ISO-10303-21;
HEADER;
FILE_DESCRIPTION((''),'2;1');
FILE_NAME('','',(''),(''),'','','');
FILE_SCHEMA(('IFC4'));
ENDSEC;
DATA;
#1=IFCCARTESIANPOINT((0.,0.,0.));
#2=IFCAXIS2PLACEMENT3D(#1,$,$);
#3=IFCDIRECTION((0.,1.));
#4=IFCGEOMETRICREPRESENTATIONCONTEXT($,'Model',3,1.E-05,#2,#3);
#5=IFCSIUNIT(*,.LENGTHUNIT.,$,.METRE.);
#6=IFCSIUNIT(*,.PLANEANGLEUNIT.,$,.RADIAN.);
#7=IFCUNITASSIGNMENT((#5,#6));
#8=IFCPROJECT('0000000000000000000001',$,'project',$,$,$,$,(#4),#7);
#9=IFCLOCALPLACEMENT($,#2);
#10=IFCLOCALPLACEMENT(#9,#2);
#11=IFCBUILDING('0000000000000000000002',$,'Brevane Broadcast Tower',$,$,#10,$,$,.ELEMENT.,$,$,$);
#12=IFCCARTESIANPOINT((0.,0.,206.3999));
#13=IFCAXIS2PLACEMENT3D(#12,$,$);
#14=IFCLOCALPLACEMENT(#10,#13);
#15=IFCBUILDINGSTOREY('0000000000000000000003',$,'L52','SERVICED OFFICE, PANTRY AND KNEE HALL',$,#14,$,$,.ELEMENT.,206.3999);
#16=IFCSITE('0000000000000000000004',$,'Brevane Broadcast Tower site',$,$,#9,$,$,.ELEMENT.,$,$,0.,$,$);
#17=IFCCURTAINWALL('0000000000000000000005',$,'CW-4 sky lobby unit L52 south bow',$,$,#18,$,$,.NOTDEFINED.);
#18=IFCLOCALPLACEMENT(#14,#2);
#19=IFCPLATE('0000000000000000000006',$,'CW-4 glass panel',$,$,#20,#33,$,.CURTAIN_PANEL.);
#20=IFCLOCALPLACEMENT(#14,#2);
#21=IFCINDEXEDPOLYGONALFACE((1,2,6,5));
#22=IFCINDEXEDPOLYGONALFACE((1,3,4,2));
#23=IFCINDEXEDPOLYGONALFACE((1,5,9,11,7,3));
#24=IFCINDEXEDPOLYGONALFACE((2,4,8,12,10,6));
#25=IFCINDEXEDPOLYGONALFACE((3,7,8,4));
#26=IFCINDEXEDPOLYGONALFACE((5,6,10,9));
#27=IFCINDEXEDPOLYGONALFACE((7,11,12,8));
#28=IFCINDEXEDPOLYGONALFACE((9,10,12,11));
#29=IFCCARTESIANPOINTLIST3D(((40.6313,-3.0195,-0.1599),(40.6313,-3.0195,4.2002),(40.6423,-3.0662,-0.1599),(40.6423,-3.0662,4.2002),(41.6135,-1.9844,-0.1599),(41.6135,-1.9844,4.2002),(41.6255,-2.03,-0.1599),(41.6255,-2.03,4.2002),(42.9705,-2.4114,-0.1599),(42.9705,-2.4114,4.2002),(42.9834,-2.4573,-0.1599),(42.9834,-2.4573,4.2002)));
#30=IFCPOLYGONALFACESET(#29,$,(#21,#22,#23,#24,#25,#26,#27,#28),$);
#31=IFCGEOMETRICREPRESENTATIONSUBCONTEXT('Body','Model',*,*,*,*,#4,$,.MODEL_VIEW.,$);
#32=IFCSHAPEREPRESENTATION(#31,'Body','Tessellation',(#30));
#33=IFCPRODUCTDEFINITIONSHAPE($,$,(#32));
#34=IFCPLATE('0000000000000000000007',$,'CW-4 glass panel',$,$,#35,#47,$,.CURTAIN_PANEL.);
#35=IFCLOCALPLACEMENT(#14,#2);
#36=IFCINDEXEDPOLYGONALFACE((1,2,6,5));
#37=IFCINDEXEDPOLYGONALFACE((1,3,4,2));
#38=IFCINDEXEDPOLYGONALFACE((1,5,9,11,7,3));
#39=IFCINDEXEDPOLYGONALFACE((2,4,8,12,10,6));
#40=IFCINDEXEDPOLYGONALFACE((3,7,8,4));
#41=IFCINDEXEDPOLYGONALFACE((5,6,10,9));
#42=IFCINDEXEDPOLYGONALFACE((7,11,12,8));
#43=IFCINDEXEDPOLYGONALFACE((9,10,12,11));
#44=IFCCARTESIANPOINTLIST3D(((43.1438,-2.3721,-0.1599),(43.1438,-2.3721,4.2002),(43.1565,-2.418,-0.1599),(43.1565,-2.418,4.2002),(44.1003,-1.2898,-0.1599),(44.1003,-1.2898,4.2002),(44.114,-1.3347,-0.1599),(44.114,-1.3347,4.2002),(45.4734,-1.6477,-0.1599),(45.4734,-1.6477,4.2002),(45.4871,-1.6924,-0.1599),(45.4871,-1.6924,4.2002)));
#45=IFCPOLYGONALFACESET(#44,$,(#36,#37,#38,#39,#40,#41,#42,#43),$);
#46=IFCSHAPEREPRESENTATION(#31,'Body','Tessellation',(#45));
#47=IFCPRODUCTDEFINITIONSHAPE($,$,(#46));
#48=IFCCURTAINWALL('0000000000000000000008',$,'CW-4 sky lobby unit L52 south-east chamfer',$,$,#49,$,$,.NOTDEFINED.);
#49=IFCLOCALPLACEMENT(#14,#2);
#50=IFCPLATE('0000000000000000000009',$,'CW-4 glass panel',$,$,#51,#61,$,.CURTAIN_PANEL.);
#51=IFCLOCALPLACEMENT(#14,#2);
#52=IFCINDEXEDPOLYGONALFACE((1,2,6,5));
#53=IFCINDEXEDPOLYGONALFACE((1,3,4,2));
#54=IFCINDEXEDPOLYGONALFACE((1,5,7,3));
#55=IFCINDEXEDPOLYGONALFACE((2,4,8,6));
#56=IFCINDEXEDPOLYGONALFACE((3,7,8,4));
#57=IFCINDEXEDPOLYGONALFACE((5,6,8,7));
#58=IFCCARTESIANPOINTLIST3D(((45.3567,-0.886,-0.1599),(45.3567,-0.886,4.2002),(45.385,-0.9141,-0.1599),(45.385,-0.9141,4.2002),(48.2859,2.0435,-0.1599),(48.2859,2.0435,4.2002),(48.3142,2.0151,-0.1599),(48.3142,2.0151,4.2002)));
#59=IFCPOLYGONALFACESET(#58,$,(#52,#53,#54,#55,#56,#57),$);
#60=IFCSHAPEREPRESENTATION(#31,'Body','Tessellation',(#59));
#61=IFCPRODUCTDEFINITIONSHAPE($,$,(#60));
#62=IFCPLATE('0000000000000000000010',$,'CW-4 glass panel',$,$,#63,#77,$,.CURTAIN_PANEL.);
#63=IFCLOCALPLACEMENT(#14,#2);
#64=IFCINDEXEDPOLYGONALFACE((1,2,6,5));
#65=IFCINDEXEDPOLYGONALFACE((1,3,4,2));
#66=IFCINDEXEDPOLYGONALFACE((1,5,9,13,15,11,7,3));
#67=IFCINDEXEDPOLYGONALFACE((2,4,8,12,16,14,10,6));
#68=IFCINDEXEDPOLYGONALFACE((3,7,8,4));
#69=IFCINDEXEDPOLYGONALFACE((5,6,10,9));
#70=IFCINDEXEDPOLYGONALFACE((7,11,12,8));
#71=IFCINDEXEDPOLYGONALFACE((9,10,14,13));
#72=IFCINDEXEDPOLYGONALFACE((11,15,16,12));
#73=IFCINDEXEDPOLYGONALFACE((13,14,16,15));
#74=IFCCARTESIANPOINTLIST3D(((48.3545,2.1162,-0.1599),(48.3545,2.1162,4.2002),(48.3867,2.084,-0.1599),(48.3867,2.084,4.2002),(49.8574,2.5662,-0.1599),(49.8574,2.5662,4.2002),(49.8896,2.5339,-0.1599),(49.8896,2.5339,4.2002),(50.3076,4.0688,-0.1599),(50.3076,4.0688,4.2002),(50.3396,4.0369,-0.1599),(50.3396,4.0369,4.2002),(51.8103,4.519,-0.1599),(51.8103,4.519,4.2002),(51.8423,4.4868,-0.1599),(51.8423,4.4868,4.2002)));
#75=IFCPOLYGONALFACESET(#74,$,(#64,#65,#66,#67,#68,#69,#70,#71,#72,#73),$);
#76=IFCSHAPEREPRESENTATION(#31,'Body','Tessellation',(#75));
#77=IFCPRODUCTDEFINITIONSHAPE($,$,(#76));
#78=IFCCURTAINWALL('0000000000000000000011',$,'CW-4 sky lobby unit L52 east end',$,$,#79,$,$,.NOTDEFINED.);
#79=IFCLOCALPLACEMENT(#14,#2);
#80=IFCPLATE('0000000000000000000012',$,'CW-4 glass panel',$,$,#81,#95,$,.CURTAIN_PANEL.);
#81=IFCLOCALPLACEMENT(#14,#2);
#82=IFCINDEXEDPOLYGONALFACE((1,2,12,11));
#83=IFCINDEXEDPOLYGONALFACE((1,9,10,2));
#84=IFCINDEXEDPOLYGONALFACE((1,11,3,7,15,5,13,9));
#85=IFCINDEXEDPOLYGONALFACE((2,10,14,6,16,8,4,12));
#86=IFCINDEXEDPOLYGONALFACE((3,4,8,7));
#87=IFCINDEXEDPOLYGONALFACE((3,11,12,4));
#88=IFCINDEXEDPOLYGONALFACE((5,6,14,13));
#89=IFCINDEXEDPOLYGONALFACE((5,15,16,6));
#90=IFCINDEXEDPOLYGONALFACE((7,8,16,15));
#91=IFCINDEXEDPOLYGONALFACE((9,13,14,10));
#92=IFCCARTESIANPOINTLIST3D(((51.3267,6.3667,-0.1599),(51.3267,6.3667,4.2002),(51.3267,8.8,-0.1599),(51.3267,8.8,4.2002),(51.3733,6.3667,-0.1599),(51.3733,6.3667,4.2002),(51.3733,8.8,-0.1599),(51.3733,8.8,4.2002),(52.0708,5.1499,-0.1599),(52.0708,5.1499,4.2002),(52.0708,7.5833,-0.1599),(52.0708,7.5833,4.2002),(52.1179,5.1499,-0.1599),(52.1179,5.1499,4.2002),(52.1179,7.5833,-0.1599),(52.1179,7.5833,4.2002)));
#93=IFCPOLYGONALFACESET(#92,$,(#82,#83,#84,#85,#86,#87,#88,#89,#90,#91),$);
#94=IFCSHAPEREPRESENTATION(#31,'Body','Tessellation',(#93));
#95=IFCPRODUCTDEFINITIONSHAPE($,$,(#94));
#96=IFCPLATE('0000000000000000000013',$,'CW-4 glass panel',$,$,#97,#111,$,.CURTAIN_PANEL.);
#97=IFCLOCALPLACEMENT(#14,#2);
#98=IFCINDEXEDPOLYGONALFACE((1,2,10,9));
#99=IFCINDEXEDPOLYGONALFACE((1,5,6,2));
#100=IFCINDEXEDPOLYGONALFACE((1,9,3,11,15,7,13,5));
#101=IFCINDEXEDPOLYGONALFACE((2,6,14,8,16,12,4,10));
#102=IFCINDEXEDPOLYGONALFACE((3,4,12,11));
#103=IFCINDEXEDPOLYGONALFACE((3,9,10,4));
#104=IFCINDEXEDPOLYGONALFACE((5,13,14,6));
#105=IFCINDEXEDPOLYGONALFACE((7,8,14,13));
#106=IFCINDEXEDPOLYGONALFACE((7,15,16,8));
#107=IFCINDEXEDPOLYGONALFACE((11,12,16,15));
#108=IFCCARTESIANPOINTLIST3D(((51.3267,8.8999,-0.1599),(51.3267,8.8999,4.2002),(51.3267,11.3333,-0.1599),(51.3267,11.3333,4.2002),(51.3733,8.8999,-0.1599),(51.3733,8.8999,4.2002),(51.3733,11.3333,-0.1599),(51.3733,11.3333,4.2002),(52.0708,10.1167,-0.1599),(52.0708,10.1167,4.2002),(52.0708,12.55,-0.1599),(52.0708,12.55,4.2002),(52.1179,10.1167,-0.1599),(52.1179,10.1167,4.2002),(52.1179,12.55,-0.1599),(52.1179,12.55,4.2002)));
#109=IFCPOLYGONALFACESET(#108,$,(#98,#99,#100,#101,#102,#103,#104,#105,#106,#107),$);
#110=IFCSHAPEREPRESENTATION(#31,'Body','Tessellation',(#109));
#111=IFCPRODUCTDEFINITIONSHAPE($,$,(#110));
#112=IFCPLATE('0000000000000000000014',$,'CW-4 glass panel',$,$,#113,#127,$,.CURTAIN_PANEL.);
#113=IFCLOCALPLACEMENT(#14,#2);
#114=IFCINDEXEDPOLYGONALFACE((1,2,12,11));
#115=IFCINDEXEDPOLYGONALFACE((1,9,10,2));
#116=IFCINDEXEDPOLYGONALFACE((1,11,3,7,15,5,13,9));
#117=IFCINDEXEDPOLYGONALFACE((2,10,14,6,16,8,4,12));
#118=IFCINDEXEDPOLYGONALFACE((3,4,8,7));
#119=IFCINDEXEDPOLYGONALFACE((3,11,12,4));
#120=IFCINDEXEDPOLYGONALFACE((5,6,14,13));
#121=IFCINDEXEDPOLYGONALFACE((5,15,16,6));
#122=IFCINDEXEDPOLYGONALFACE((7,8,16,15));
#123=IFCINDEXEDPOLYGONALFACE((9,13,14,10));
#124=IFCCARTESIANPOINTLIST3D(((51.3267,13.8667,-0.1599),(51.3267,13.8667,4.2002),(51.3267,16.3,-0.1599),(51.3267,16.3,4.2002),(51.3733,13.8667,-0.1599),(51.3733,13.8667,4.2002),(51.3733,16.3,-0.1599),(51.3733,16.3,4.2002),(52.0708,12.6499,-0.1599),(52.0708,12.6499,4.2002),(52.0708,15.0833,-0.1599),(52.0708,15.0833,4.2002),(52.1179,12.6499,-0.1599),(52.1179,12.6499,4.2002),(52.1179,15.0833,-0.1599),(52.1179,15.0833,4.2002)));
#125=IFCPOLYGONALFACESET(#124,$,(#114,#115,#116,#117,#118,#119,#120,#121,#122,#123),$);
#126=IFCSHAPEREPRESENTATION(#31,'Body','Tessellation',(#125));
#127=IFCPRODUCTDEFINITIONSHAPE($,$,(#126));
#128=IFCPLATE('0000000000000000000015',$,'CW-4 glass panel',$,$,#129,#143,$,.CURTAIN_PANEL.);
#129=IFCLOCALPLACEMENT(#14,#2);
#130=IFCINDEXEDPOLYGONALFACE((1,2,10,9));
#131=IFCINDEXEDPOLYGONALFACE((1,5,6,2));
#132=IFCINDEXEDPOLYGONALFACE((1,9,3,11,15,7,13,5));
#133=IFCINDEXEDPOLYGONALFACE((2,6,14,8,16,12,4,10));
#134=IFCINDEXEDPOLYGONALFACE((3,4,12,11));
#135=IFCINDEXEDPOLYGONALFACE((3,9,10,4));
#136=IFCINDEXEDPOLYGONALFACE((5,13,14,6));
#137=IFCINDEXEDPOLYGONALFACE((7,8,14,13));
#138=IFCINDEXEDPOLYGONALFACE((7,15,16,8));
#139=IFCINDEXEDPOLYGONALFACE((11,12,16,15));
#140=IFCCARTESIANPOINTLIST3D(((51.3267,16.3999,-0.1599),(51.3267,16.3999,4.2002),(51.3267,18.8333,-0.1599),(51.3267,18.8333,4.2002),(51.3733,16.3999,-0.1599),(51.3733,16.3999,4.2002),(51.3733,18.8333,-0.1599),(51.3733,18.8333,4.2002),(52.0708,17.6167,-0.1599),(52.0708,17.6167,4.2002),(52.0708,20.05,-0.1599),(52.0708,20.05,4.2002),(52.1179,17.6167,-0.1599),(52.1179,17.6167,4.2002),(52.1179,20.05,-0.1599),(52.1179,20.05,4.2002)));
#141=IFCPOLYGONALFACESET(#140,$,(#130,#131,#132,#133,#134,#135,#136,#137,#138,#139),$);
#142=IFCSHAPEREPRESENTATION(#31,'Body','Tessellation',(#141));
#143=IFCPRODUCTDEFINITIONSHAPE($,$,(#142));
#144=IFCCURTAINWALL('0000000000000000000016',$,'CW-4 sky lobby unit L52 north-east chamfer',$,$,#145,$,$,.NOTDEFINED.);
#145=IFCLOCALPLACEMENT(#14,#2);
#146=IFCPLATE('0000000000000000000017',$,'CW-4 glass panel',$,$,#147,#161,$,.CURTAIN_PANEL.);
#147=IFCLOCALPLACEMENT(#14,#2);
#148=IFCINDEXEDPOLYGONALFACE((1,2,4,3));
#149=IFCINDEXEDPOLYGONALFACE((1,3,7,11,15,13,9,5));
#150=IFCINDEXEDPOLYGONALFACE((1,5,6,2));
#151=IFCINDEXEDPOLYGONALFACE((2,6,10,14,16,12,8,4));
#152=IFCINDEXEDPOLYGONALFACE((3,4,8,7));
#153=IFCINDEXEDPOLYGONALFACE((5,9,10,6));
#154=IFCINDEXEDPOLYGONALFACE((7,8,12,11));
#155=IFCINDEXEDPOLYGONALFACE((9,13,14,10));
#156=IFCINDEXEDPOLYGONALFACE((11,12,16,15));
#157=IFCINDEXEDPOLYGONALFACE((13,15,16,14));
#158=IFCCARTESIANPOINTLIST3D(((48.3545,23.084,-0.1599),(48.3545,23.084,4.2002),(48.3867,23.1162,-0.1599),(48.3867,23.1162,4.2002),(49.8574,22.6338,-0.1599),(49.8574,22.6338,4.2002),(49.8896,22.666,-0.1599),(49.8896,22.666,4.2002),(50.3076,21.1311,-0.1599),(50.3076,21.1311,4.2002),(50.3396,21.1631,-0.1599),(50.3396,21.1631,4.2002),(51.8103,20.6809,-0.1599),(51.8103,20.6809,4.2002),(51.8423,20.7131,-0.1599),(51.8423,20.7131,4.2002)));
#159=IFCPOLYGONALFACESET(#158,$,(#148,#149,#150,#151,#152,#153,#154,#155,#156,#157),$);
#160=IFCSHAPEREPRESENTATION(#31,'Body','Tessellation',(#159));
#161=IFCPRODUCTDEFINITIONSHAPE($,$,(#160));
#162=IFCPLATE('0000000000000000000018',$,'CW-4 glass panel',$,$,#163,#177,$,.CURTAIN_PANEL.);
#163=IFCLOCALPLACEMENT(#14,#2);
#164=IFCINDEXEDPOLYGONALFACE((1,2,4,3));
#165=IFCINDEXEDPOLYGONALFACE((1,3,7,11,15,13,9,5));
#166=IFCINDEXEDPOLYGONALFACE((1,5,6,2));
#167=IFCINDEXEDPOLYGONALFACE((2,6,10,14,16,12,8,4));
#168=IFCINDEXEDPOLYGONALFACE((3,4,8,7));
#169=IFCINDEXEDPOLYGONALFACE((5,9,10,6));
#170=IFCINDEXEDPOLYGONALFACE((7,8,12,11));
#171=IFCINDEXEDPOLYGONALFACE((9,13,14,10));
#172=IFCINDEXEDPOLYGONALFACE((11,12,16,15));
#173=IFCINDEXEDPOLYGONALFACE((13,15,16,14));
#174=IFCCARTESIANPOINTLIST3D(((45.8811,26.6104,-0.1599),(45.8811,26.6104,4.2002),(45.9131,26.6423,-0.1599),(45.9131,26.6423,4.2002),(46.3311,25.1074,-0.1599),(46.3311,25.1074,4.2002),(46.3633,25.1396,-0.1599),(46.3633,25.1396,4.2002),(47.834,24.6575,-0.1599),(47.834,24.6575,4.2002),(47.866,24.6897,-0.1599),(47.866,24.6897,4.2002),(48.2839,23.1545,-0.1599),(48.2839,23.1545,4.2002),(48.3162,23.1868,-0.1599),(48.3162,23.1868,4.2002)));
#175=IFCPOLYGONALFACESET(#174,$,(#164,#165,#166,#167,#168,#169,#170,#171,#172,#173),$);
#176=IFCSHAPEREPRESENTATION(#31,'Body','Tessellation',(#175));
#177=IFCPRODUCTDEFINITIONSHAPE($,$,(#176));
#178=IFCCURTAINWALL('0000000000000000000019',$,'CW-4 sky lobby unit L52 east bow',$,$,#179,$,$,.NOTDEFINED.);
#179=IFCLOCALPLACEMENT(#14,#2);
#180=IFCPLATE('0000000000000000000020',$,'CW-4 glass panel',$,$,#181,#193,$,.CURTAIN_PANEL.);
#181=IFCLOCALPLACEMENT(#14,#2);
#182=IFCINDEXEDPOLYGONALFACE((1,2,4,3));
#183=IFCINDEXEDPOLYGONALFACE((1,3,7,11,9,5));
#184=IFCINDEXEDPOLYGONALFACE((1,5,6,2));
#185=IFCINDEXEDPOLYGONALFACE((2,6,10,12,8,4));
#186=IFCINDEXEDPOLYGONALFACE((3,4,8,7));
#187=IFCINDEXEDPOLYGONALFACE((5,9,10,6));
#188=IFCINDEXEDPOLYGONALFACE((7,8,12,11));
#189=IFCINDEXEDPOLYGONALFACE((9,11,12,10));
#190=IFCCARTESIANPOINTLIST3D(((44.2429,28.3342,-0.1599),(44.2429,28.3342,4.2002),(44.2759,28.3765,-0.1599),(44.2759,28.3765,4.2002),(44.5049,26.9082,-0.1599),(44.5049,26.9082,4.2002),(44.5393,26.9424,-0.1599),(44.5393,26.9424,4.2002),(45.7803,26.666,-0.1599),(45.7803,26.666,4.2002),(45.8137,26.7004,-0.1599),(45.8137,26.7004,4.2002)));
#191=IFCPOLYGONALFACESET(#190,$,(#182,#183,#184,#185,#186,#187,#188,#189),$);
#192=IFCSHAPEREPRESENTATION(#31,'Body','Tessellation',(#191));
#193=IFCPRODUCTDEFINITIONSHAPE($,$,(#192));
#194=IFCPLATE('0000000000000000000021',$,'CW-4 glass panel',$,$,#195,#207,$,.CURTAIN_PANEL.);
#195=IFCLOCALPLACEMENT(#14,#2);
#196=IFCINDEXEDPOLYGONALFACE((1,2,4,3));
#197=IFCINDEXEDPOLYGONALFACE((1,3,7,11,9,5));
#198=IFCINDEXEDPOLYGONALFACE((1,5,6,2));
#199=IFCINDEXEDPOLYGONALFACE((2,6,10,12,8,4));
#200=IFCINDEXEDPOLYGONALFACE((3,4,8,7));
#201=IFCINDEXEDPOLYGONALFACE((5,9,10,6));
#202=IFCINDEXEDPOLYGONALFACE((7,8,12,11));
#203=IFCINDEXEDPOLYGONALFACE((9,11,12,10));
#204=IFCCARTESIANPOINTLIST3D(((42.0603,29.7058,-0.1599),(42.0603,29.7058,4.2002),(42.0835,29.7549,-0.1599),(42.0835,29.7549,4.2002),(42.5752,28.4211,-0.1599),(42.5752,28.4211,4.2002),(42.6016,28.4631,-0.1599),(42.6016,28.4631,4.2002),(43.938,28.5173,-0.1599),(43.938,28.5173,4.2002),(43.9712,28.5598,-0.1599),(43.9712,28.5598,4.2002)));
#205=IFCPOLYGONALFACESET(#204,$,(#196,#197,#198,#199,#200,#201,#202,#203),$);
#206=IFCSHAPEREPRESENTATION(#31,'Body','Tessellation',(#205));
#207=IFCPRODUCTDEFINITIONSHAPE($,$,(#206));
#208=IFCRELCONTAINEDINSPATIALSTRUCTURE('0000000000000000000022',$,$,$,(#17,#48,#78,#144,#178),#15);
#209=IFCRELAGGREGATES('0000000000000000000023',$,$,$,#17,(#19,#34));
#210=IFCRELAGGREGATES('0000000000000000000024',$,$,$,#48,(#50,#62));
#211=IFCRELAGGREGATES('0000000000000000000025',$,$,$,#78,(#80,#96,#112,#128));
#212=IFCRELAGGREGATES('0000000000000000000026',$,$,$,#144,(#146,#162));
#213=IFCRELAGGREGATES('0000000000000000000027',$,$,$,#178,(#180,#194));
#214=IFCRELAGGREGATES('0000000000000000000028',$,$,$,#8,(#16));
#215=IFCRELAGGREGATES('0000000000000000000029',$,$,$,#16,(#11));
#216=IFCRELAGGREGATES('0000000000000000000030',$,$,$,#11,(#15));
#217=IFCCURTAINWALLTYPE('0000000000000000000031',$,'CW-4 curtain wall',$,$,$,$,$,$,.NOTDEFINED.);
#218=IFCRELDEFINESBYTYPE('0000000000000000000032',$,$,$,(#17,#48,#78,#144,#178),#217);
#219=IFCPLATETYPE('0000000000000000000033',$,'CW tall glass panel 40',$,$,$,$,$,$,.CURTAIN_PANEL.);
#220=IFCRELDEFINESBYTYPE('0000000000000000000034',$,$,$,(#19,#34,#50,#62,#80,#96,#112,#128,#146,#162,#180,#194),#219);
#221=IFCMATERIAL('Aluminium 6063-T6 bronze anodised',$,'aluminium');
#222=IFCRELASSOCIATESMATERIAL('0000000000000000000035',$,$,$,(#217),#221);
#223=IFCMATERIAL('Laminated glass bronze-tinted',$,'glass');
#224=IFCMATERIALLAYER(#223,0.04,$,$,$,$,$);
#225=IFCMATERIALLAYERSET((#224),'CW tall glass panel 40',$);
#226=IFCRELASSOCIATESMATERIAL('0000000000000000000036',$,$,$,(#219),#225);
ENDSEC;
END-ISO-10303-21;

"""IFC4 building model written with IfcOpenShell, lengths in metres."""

from ifc_helpers import new_model, si_unit, direction, frame, origin, place, context, subcontext, project, spatial, polyline, outline, extrude, material, layer, layer_set, type_object, element, aggregate, save


model = new_model("IFC4")

# Units and contexts
model_context = context("Model", 3, precision=1e-05, world=origin(), true_north=direction((0.0, 1.0)))
body_context = subcontext(model_context, "Body", "Model", "MODEL_VIEW")
ifc_project = project(units=[si_unit("LENGTHUNIT", "METRE"), si_unit("PLANEANGLEUNIT", "RADIAN")], contexts=[model_context])

# Site, building, storey
site_placement = place(None, origin())
site = spatial("IfcSite", under=ifc_project, at=site_placement, Name="Brevane Broadcast Tower site", CompositionType="ELEMENT", RefElevation=0.0)
building_placement = place(site_placement, origin())
building = spatial("IfcBuilding", under=site, at=building_placement, Name="Brevane Broadcast Tower", CompositionType="ELEMENT")
storey_placement = place(building_placement, frame((0.0, 0.0, 206.3999)))
storey = spatial("IfcBuildingStorey", under=building, at=storey_placement, Name="L52", Description="SERVICED OFFICE, PANTRY AND KNEE HALL", CompositionType="ELEMENT", Elevation=206.3999)

# Curtain walls, plates
ifc_material_1 = material(Name="Aluminium 6063-T6 bronze anodised", Category="aluminium")
curtain_wall_type = type_object("IfcCurtainWallType", Name="CW-4 curtain wall", PredefinedType="NOTDEFINED", material=ifc_material_1)
curtain_wall_1_placement = place(storey_placement, origin())
curtain_wall_1 = element("IfcCurtainWall", 1, at=curtain_wall_1_placement, inside=storey, type_object=curtain_wall_type, Name="CW-4 sky lobby unit L52 south bow", PredefinedType="NOTDEFINED")
ifc_material_2 = material(Name="Laminated glass bronze-tinted", Category="glass")
ifc_layer = layer(ifc_material_2, 0.04)
ifc_layer_set = layer_set([ifc_layer], Name="CW tall glass panel 40")
plate_type = type_object("IfcPlateType", Name="CW tall glass panel 40", PredefinedType="CURTAIN_PANEL", material=ifc_layer_set)
plate_1_placement = place(storey_placement, frame((0.0, 0.0, -0.1599)))
plate_1 = element("IfcPlate", 2, at=plate_1_placement, type_object=plate_type, Name="CW-4 glass panel", PredefinedType="CURTAIN_PANEL", context=body_context, shape_type="SweptSolid", body=[
    extrude(outline(polyline([(40.6313, -3.0195), (40.6423, -3.0662), (41.6255, -2.03), (42.9834, -2.4573), (42.9705, -2.4114), (41.6135, -1.9844), (40.6313, -3.0195)])), origin(), (0.0, 0.0, 1.0), 4.3601),
])
plate_2_placement = place(storey_placement, frame((0.0, 0.0, -0.1599)))
plate_2 = element("IfcPlate", 3, at=plate_2_placement, type_object=plate_type, Name="CW-4 glass panel", PredefinedType="CURTAIN_PANEL", context=body_context, shape_type="SweptSolid", body=[
    extrude(outline(polyline([(43.1438, -2.3721), (43.1565, -2.418), (44.114, -1.3347), (45.4871, -1.6924), (45.4734, -1.6477), (44.1003, -1.2898), (43.1438, -2.3721)])), origin(), (0.0, 0.0, 1.0), 4.3601),
])
aggregate(curtain_wall_1, [plate_1, plate_2])
curtain_wall_2_placement = place(storey_placement, origin())
curtain_wall_2 = element("IfcCurtainWall", 4, at=curtain_wall_2_placement, inside=storey, type_object=curtain_wall_type, Name="CW-4 sky lobby unit L52 south-east chamfer", PredefinedType="NOTDEFINED")
plate_3_placement = place(storey_placement, frame((0.0, 0.0, -0.1599)))
plate_3 = element("IfcPlate", 5, at=plate_3_placement, type_object=plate_type, Name="CW-4 glass panel", PredefinedType="CURTAIN_PANEL", context=body_context, shape_type="SweptSolid", body=[
    extrude(outline(polyline([(45.3567, -0.886), (48.2859, 2.0435), (48.3142, 2.0151), (45.385, -0.9141), (45.3567, -0.886)])), origin(), (0.0, 0.0, 1.0), 4.3601),
])
plate_4_placement = place(storey_placement, frame((0.0, 0.0, -0.1599)))
plate_4 = element("IfcPlate", 6, at=plate_4_placement, type_object=plate_type, Name="CW-4 glass panel", PredefinedType="CURTAIN_PANEL", context=body_context, shape_type="SweptSolid", body=[
    extrude(outline(polyline([(48.3545, 2.1162), (48.3867, 2.084), (49.8896, 2.5339), (50.3396, 4.0369), (51.8423, 4.4868), (51.8103, 4.519), (50.3076, 4.0688), (49.8574, 2.5662), (48.3545, 2.1162)])), origin(), (0.0, 0.0, 1.0), 4.3601),
])
aggregate(curtain_wall_2, [plate_3, plate_4])
curtain_wall_3_placement = place(storey_placement, origin())
curtain_wall_3 = element("IfcCurtainWall", 7, at=curtain_wall_3_placement, inside=storey, type_object=curtain_wall_type, Name="CW-4 sky lobby unit L52 east end", PredefinedType="NOTDEFINED")
plate_5_placement = place(storey_placement, frame((0.0, 0.0, -0.1599)))
plate_5 = element("IfcPlate", 8, at=plate_5_placement, type_object=plate_type, Name="CW-4 glass panel", PredefinedType="CURTAIN_PANEL", context=body_context, shape_type="SweptSolid", body=[
    extrude(outline(polyline([(52.0708, 5.1499), (52.1179, 5.1499), (51.3733, 6.3667), (52.1179, 7.5833), (51.3733, 8.8), (51.3267, 8.8), (52.0708, 7.5833), (51.3267, 6.3667), (52.0708, 5.1499)])), origin(), (0.0, 0.0, 1.0), 4.3601),
])
plate_6_placement = place(storey_placement, frame((0.0, 0.0, -0.1599)))
plate_6 = element("IfcPlate", 9, at=plate_6_placement, type_object=plate_type, Name="CW-4 glass panel", PredefinedType="CURTAIN_PANEL", context=body_context, shape_type="SweptSolid", body=[
    extrude(outline(polyline([(51.3267, 8.8999), (51.3733, 8.8999), (52.1179, 10.1167), (51.3733, 11.3333), (52.1179, 12.55), (52.0708, 12.55), (51.3267, 11.3333), (52.0708, 10.1167), (51.3267, 8.8999)])), origin(), (0.0, 0.0, 1.0), 4.3601),
])
plate_7_placement = place(storey_placement, frame((0.0, 0.0, -0.1599)))
plate_7 = element("IfcPlate", 10, at=plate_7_placement, type_object=plate_type, Name="CW-4 glass panel", PredefinedType="CURTAIN_PANEL", context=body_context, shape_type="SweptSolid", body=[
    extrude(outline(polyline([(52.0708, 12.6499), (52.1179, 12.6499), (51.3733, 13.8667), (52.1179, 15.0833), (51.3733, 16.3), (51.3267, 16.3), (52.0708, 15.0833), (51.3267, 13.8667), (52.0708, 12.6499)])), origin(), (0.0, 0.0, 1.0), 4.3601),
])
plate_8_placement = place(storey_placement, frame((0.0, 0.0, -0.1599)))
plate_8 = element("IfcPlate", 11, at=plate_8_placement, type_object=plate_type, Name="CW-4 glass panel", PredefinedType="CURTAIN_PANEL", context=body_context, shape_type="SweptSolid", body=[
    extrude(outline(polyline([(51.3267, 16.3999), (51.3733, 16.3999), (52.1179, 17.6167), (51.3733, 18.8333), (52.1179, 20.05), (52.0708, 20.05), (51.3267, 18.8333), (52.0708, 17.6167), (51.3267, 16.3999)])), origin(), (0.0, 0.0, 1.0), 4.3601),
])
aggregate(curtain_wall_3, [plate_5, plate_6, plate_7, plate_8])
curtain_wall_4_placement = place(storey_placement, origin())
curtain_wall_4 = element("IfcCurtainWall", 12, at=curtain_wall_4_placement, inside=storey, type_object=curtain_wall_type, Name="CW-4 sky lobby unit L52 north-east chamfer", PredefinedType="NOTDEFINED")
plate_9_placement = place(storey_placement, frame((0.0, 0.0, -0.1599)))
plate_9 = element("IfcPlate", 13, at=plate_9_placement, type_object=plate_type, Name="CW-4 glass panel", PredefinedType="CURTAIN_PANEL", context=body_context, shape_type="SweptSolid", body=[
    extrude(outline(polyline([(51.8103, 20.6809), (51.8423, 20.7131), (50.3396, 21.1631), (49.8896, 22.666), (48.3867, 23.1162), (48.3545, 23.084), (49.8574, 22.6338), (50.3076, 21.1311), (51.8103, 20.6809)])), origin(), (0.0, 0.0, 1.0), 4.3601),
])
plate_10_placement = place(storey_placement, frame((0.0, 0.0, -0.1599)))
plate_10 = element("IfcPlate", 14, at=plate_10_placement, type_object=plate_type, Name="CW-4 glass panel", PredefinedType="CURTAIN_PANEL", context=body_context, shape_type="SweptSolid", body=[
    extrude(outline(polyline([(48.2839, 23.1545), (48.3162, 23.1868), (47.866, 24.6897), (46.3633, 25.1396), (45.9131, 26.6423), (45.8811, 26.6104), (46.3311, 25.1074), (47.834, 24.6575), (48.2839, 23.1545)])), origin(), (0.0, 0.0, 1.0), 4.3601),
])
aggregate(curtain_wall_4, [plate_9, plate_10])
curtain_wall_5_placement = place(storey_placement, origin())
curtain_wall_5 = element("IfcCurtainWall", 15, at=curtain_wall_5_placement, inside=storey, type_object=curtain_wall_type, Name="CW-4 sky lobby unit L52 east bow", PredefinedType="NOTDEFINED")
plate_11_placement = place(storey_placement, frame((0.0, 0.0, -0.1599)))
plate_11 = element("IfcPlate", 16, at=plate_11_placement, type_object=plate_type, Name="CW-4 glass panel", PredefinedType="CURTAIN_PANEL", context=body_context, shape_type="SweptSolid", body=[
    extrude(outline(polyline([(45.7803, 26.666), (45.8137, 26.7004), (44.5393, 26.9424), (44.2759, 28.3765), (44.2429, 28.3342), (44.5049, 26.9082), (45.7803, 26.666)])), origin(), (0.0, 0.0, 1.0), 4.3601),
])
plate_12_placement = place(storey_placement, frame((0.0, 0.0, -0.1599)))
plate_12 = element("IfcPlate", 17, at=plate_12_placement, type_object=plate_type, Name="CW-4 glass panel", PredefinedType="CURTAIN_PANEL", context=body_context, shape_type="SweptSolid", body=[
    extrude(outline(polyline([(43.938, 28.5173), (43.9712, 28.5598), (42.6016, 28.4631), (42.0835, 29.7549), (42.0603, 29.7058), (42.5752, 28.4211), (43.938, 28.5173)])), origin(), (0.0, 0.0, 1.0), 4.3601),
])
aggregate(curtain_wall_5, [plate_11, plate_12])

save(model, "model.ifc")
